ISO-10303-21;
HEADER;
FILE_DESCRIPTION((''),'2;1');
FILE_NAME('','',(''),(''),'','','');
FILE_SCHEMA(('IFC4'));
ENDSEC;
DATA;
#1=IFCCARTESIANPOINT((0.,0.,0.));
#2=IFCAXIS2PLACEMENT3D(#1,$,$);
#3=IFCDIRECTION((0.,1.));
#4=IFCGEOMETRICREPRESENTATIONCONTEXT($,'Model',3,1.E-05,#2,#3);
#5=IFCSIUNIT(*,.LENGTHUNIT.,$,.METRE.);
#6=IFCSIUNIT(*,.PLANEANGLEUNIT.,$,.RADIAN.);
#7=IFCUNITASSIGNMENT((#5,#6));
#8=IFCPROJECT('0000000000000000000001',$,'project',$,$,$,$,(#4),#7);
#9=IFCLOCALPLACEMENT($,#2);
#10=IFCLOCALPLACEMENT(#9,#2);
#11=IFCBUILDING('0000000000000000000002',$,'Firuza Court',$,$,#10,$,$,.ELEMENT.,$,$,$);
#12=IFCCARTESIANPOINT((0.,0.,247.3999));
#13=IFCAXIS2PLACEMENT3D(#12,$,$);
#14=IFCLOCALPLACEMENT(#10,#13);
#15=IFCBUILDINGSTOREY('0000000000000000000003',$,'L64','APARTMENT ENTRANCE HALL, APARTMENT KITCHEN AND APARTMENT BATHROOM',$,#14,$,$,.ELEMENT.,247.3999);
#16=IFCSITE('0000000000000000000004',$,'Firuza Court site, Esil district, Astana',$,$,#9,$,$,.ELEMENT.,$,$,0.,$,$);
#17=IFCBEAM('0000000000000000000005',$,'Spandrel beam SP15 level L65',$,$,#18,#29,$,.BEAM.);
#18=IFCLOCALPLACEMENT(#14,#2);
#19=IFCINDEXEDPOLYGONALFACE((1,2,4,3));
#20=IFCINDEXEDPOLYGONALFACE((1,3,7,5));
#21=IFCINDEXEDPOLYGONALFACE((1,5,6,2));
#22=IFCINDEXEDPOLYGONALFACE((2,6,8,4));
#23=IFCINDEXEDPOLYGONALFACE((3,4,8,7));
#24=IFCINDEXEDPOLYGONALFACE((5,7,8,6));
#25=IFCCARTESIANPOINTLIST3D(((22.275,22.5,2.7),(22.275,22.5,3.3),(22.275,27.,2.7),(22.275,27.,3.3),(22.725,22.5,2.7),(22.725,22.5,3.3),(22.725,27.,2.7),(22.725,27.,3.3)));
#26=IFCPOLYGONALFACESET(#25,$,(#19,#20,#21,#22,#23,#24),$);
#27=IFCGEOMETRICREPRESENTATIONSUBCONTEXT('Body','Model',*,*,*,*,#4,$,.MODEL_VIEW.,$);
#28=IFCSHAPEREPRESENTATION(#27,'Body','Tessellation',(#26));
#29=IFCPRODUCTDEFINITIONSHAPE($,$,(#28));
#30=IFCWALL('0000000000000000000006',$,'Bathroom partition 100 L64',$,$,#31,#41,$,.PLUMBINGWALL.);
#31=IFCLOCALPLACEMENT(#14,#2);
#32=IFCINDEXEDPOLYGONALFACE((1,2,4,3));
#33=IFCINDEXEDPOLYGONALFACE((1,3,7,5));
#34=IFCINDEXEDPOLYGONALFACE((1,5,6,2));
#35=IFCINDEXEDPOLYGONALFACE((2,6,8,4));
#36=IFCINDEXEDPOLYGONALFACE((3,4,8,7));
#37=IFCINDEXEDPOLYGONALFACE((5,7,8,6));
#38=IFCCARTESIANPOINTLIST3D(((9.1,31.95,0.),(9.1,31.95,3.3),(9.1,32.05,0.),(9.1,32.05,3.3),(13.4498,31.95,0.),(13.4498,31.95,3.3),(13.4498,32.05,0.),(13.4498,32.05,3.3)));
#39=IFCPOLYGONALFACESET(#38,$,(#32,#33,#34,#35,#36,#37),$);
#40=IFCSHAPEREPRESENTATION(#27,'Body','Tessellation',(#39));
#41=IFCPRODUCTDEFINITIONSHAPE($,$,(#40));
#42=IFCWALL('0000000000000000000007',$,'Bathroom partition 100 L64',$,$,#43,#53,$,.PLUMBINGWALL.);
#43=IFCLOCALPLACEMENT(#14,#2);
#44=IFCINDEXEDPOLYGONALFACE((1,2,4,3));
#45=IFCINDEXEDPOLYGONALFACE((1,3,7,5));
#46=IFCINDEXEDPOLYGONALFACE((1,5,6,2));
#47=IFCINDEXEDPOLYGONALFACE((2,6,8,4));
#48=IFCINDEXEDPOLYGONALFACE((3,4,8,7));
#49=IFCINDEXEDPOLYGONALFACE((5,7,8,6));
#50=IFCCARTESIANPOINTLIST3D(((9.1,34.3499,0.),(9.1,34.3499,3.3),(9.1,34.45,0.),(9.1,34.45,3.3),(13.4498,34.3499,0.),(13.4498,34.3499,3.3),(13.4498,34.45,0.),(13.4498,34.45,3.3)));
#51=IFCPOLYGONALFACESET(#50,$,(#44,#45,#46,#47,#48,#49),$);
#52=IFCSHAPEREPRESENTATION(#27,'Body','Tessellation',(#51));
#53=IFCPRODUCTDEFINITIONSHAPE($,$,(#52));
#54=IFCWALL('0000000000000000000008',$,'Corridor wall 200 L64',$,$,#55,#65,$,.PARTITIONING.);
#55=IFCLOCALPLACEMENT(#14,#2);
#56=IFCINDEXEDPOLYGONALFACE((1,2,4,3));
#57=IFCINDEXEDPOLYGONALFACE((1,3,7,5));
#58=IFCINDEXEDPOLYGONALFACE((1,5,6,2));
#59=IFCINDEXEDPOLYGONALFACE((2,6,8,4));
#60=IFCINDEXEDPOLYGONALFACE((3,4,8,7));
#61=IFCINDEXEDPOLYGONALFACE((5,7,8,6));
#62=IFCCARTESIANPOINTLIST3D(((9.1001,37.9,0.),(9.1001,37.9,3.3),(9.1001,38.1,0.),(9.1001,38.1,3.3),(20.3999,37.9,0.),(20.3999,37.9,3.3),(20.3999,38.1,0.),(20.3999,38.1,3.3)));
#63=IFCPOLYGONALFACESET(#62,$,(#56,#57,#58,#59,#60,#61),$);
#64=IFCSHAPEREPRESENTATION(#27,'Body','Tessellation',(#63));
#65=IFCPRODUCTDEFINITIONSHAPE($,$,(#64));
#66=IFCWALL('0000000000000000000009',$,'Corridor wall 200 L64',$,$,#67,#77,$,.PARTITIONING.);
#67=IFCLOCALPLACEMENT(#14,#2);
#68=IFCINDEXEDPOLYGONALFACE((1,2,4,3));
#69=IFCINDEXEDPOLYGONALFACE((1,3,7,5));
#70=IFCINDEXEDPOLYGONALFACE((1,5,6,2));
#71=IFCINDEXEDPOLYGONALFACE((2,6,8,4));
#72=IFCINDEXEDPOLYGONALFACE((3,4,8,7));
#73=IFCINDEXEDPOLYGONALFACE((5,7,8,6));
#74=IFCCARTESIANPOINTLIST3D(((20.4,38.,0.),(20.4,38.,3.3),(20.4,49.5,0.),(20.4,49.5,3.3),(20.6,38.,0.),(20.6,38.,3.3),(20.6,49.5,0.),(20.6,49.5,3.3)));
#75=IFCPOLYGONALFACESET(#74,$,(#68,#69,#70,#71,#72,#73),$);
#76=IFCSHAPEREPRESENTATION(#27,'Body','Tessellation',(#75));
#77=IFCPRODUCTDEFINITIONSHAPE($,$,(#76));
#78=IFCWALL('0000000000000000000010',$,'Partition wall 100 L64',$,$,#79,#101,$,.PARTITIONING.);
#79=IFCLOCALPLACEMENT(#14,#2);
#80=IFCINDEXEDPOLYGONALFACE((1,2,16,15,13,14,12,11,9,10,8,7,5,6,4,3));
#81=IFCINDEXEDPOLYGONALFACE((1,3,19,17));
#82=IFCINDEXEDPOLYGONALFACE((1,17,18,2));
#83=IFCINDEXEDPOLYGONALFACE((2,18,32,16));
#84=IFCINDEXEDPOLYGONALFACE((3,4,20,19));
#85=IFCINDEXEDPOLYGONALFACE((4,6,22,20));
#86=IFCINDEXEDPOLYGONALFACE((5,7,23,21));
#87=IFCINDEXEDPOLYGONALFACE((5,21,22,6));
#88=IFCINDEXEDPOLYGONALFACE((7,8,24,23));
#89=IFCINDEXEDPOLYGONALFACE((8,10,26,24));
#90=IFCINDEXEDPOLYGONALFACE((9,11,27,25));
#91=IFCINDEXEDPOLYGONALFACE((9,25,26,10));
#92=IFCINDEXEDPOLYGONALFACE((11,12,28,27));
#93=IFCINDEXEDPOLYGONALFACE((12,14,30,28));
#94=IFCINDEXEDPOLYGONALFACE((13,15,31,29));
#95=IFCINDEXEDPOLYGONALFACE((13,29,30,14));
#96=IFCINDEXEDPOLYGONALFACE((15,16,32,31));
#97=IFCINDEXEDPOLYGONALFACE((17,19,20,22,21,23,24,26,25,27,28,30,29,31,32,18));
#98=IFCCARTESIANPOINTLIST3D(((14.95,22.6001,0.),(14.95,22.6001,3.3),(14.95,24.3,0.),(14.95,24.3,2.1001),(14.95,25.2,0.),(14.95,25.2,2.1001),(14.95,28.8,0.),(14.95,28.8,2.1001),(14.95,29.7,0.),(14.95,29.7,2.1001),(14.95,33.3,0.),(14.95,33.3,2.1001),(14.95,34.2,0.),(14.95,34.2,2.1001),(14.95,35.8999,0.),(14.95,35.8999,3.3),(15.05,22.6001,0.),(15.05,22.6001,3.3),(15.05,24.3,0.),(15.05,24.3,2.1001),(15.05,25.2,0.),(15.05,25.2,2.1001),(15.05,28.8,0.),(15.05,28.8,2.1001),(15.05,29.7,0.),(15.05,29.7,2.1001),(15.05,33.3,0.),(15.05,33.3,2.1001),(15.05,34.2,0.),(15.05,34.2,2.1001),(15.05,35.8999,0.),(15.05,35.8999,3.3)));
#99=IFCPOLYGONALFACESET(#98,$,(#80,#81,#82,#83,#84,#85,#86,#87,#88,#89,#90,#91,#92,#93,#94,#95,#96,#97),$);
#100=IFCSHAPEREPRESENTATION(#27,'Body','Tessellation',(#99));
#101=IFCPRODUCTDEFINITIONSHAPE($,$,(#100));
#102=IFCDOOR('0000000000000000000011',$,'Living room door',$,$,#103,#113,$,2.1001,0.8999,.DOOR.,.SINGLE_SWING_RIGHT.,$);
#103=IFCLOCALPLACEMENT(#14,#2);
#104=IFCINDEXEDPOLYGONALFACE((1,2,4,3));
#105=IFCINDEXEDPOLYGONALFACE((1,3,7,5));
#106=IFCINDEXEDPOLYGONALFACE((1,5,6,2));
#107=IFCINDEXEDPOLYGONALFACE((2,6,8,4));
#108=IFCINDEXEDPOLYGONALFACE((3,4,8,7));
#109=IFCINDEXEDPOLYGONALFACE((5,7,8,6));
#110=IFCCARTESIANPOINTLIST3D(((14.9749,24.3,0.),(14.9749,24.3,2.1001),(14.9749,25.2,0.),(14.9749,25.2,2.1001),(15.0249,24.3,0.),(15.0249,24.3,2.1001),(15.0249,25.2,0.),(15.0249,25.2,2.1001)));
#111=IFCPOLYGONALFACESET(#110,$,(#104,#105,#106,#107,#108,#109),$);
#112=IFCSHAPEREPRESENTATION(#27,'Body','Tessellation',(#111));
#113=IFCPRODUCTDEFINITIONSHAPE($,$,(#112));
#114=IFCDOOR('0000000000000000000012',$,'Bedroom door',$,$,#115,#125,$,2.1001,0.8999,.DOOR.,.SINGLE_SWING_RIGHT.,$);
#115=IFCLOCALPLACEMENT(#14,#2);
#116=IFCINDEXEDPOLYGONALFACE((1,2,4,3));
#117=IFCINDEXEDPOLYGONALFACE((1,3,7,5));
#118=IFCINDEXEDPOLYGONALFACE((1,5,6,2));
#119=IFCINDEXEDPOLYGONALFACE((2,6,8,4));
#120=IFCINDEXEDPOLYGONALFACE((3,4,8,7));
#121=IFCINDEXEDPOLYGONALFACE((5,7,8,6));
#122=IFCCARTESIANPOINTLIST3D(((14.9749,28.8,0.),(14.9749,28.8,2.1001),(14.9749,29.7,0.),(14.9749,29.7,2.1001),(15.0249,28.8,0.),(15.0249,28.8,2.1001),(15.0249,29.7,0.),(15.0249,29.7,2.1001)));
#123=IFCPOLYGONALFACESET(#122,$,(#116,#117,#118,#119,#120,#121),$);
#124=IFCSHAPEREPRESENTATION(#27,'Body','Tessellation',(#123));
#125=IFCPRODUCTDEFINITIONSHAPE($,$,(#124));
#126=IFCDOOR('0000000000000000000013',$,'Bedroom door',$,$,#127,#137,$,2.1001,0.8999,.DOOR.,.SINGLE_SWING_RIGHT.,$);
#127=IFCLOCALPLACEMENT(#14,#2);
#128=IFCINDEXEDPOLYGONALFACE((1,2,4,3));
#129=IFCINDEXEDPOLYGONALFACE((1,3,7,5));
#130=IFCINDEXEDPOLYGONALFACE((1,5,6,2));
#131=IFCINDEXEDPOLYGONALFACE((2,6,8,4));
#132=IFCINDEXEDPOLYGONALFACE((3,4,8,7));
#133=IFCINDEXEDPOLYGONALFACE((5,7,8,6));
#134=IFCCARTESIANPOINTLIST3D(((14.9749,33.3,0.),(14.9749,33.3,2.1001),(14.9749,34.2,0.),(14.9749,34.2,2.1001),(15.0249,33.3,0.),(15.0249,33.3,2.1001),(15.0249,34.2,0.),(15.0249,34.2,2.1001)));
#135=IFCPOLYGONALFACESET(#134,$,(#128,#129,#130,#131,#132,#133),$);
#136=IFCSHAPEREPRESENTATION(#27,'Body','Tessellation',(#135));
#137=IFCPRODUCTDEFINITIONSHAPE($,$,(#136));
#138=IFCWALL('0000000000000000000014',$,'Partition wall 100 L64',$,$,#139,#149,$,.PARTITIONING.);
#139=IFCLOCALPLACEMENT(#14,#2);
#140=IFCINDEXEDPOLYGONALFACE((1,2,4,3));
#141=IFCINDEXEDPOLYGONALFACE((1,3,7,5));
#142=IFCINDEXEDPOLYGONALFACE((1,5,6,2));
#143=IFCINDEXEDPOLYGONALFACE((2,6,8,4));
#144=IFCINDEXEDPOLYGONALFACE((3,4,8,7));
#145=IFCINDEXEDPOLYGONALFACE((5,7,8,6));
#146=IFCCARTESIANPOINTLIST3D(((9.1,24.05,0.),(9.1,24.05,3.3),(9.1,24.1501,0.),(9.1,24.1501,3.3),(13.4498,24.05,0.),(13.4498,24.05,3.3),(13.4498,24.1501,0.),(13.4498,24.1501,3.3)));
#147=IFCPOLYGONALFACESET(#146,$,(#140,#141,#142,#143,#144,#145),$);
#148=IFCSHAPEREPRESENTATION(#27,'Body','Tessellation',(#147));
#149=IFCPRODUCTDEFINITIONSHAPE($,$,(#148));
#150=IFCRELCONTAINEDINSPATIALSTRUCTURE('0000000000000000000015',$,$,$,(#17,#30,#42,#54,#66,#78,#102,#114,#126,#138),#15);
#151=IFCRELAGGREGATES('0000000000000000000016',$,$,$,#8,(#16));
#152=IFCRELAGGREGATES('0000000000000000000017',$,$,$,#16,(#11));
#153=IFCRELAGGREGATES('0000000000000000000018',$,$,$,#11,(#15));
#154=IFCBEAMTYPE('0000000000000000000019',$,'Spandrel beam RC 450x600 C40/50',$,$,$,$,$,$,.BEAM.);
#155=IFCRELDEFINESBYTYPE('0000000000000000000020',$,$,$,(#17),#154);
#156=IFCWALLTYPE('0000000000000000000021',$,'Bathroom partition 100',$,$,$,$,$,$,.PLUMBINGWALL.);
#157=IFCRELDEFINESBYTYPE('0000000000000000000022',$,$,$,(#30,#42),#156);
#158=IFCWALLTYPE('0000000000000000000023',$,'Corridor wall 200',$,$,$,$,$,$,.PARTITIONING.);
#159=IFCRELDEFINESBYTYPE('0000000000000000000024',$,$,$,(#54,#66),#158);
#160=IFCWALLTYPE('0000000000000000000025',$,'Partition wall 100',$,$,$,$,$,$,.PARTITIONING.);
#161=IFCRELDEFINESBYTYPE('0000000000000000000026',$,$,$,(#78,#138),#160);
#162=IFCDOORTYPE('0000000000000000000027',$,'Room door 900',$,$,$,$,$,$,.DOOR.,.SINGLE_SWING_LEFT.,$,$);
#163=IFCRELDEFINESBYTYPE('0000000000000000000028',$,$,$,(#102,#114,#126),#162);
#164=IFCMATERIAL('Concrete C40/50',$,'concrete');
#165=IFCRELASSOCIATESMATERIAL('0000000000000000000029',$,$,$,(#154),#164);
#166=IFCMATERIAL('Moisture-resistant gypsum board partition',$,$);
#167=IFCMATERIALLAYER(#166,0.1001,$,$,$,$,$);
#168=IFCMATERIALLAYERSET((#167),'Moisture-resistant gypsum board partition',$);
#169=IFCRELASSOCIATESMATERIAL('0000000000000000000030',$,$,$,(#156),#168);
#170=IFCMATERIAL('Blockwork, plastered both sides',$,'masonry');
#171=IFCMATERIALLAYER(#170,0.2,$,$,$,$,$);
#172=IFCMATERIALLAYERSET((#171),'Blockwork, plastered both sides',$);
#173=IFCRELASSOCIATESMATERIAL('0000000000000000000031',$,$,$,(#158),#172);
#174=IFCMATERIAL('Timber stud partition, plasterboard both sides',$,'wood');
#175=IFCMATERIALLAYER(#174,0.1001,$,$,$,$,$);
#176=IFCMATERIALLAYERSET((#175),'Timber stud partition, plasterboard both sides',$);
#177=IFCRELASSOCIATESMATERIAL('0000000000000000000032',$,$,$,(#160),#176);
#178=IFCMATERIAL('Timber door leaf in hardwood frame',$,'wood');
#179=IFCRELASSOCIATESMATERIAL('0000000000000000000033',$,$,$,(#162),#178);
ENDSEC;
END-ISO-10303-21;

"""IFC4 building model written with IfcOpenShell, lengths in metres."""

from ifc_helpers import new_model, si_unit, direction, frame, frame_2d, origin, origin_2d, place, context, subcontext, project, spatial, rectangle, extrude, material, layer, layer_set, material_profile, profile_set, type_object, element, fill, save


model = new_model("IFC4")

# Units and contexts
model_context = context("Model", 3, precision=1e-05, world=origin(), true_north=direction((0.0, 1.0)))
body_context = subcontext(model_context, "Body", "Model", "MODEL_VIEW")
ifc_project = project(units=[si_unit("LENGTHUNIT", "METRE"), si_unit("PLANEANGLEUNIT", "RADIAN")], contexts=[model_context])

# Site, building, storey
site_placement = place(None, origin())
site = spatial("IfcSite", under=ifc_project, at=site_placement, Name="Firuza Court site, Esil district, Astana", CompositionType="ELEMENT", RefElevation=0.0)
building_placement = place(site_placement, origin())
building = spatial("IfcBuilding", under=site, at=building_placement, Name="Firuza Court", CompositionType="ELEMENT")
storey_placement = place(building_placement, frame((0.0, 0.0, 247.3999)))
storey = spatial("IfcBuildingStorey", under=building, at=storey_placement, Name="L64", Description="APARTMENT ENTRANCE HALL, APARTMENT KITCHEN AND APARTMENT BATHROOM", CompositionType="ELEMENT", Elevation=247.3999)

# Beam
ifc_material_1 = material(Name="Concrete C40/50", Category="concrete")
ifc_material_profile = material_profile(ifc_material_1, rectangle(XDim=0.45, YDim=0.6001, at=origin_2d()), Name="RC 450x600")
ifc_profile_set = profile_set([ifc_material_profile], Name="Concrete C40/50")
beam_type = type_object("IfcBeamType", Name="Spandrel beam RC 450x600 C40/50", PredefinedType="BEAM", material=ifc_profile_set)
beam_placement = place(storey_placement, frame((22.5, 22.5, 3.0), z_axis=(0.0, 1.0, 0.0), x_axis=(-1.0, 0.0, 0.0)))
element("IfcBeam", 1, at=beam_placement, inside=storey, type_object=beam_type, Name="Spandrel beam SP15 level L65", PredefinedType="BEAM", context=body_context, shape_type="SweptSolid", body=[
    extrude(rectangle(XDim=0.45, YDim=0.6001, at=origin_2d()), origin(), (0.0, 0.0, 1.0), 4.5),
])

# Walls
ifc_material_2 = material(Name="Moisture-resistant gypsum board partition")
ifc_layer_1 = layer(ifc_material_2, 0.1001)
ifc_layer_set_1 = layer_set([ifc_layer_1], Name="Moisture-resistant gypsum board partition")
wall_type_1 = type_object("IfcWallType", Name="Bathroom partition 100", PredefinedType="PLUMBINGWALL", material=ifc_layer_set_1)
for number, where, z_axis, x_axis, name in (
    (2, (9.1001, 32.0, 0.0), (0.0, 0.0, 1.0), (1.0, 0.0, 0.0), "Bathroom partition 100 L64"),
    (3, (9.1001, 34.3999, 0.0), (0.0, 0.0, 1.0), (1.0, 0.0, 0.0), "Bathroom partition 100 L64"),
):
    element("IfcWall", number, at=place(storey_placement, frame(where, z_axis=z_axis, x_axis=x_axis)), inside=storey, type_object=wall_type_1, Name=name, PredefinedType="PLUMBINGWALL", context=body_context, shape_type="SweptSolid", body=[
        extrude(rectangle(XDim=4.3499, YDim=0.1001, at=frame_2d((2.1748, 0.0))), origin(), (0.0, 0.0, 1.0), 3.3),
    ])
ifc_material_3 = material(Name="Blockwork, plastered both sides", Category="masonry")
ifc_layer_2 = layer(ifc_material_3, 0.2)
ifc_layer_set_2 = layer_set([ifc_layer_2], Name="Blockwork, plastered both sides")
wall_type_2 = type_object("IfcWallType", Name="Corridor wall 200", PredefinedType="PARTITIONING", material=ifc_layer_set_2)
wall_1_placement = place(storey_placement, frame((9.1001, 38.0, 0.0), z_axis=(0.0, 0.0, 1.0), x_axis=(1.0, 0.0, 0.0)))
element("IfcWall", 4, at=wall_1_placement, inside=storey, type_object=wall_type_2, Name="Corridor wall 200 L64", PredefinedType="PARTITIONING", context=body_context, shape_type="SweptSolid", body=[
    extrude(rectangle(XDim=11.2998, YDim=0.2, at=frame_2d((5.6499, 0.0))), origin(), (0.0, 0.0, 1.0), 3.3),
])
wall_2_placement = place(storey_placement, frame((20.5, 38.0, 0.0), z_axis=(0.0, 0.0, 1.0), x_axis=(0.0, 1.0, 0.0)))
element("IfcWall", 5, at=wall_2_placement, inside=storey, type_object=wall_type_2, Name="Corridor wall 200 L64", PredefinedType="PARTITIONING", context=body_context, shape_type="SweptSolid", body=[
    extrude(rectangle(XDim=11.5, YDim=0.2, at=frame_2d((5.75, 0.0))), origin(), (0.0, 0.0, 1.0), 3.3),
])

# Wall, openings, doors
ifc_material_4 = material(Name="Timber stud partition, plasterboard both sides", Category="wood")
ifc_layer_3 = layer(ifc_material_4, 0.1001)
ifc_layer_set_3 = layer_set([ifc_layer_3], Name="Timber stud partition, plasterboard both sides")
wall_type_3 = type_object("IfcWallType", Name="Partition wall 100", PredefinedType="PARTITIONING", material=ifc_layer_set_3)
wall_3_placement = place(storey_placement, frame((15.0, 22.6001, 0.0), z_axis=(0.0, 0.0, 1.0), x_axis=(0.0, 1.0, 0.0)))
wall_3 = element("IfcWall", 6, at=wall_3_placement, inside=storey, type_object=wall_type_3, Name="Partition wall 100 L64", PredefinedType="PARTITIONING", context=body_context, shape_type="SweptSolid", body=[
    extrude(rectangle(XDim=13.2998, YDim=0.1001, at=frame_2d((6.6499, 0.0))), origin(), (0.0, 0.0, 1.0), 3.3),
])
opening_1_placement = place(wall_3_placement, frame((1.7, 0.0, 0.0)))
opening_1 = element("IfcOpeningElement", 7, at=opening_1_placement, cuts=wall_3, PredefinedType="OPENING", context=body_context, shape_type="SweptSolid", body=[
    extrude(rectangle(XDim=0.8999, YDim=2.1001, at=frame_2d((0.45, 1.05))), frame((0.0, 0.062, 0.0), z_axis=(0.0, -1.0, 0.0), x_axis=(1.0, 0.0, 0.0)), (0.0, 0.0, 1.0), 0.124),
])
opening_2_placement = place(wall_3_placement, frame((6.2, 0.0, 0.0)))
opening_2 = element("IfcOpeningElement", 8, at=opening_2_placement, cuts=wall_3, PredefinedType="OPENING", context=body_context, shape_type="SweptSolid", body=[
    extrude(rectangle(XDim=0.8999, YDim=2.1001, at=frame_2d((0.45, 1.05))), frame((0.0, 0.062, 0.0), z_axis=(0.0, -1.0, 0.0), x_axis=(1.0, 0.0, 0.0)), (0.0, 0.0, 1.0), 0.124),
])
opening_3_placement = place(wall_3_placement, frame((10.7, 0.0, 0.0)))
opening_3 = element("IfcOpeningElement", 9, at=opening_3_placement, cuts=wall_3, PredefinedType="OPENING", context=body_context, shape_type="SweptSolid", body=[
    extrude(rectangle(XDim=0.8999, YDim=2.1001, at=frame_2d((0.45, 1.05))), frame((0.0, 0.062, 0.0), z_axis=(0.0, -1.0, 0.0), x_axis=(1.0, 0.0, 0.0)), (0.0, 0.0, 1.0), 0.124),
])
ifc_material_5 = material(Name="Timber door leaf in hardwood frame", Category="wood")
door_type_1 = type_object("IfcDoorType", Name="Room door 900", OperationType="SINGLE_SWING_LEFT", PredefinedType="DOOR", material=ifc_material_5)
door_1_placement = place(opening_1_placement, frame((0.8999, 0.0, 0.0), z_axis=(0.0, 0.0, 1.0), x_axis=(-1.0, 0.0, 0.0)))
door_1 = element("IfcDoor", 10, at=door_1_placement, inside=storey, type_object=door_type_1, Name="Living room door", OperationType="SINGLE_SWING_RIGHT", OverallHeight=2.1001, OverallWidth=0.8999, PredefinedType="DOOR", context=body_context, shape_type="SweptSolid", body=[
    extrude(rectangle(XDim=0.8999, YDim=2.1001, at=frame_2d((0.45, 1.05))), frame((0.0, 0.0249, 0.0), z_axis=(0.0, -1.0, 0.0), x_axis=(1.0, 0.0, 0.0)), (0.0, 0.0, 1.0), 0.05),
])
fill(opening_1, door_1)
door_2_placement = place(opening_2_placement, frame((0.8999, 0.0, 0.0), z_axis=(0.0, 0.0, 1.0), x_axis=(-1.0, 0.0, 0.0)))
door_2 = element("IfcDoor", 11, at=door_2_placement, inside=storey, type_object=door_type_1, Name="Bedroom door", OperationType="SINGLE_SWING_RIGHT", OverallHeight=2.1001, OverallWidth=0.8999, PredefinedType="DOOR", context=body_context, shape_type="SweptSolid", body=[
    extrude(rectangle(XDim=0.8999, YDim=2.1001, at=frame_2d((0.45, 1.05))), frame((0.0, 0.0249, 0.0), z_axis=(0.0, -1.0, 0.0), x_axis=(1.0, 0.0, 0.0)), (0.0, 0.0, 1.0), 0.05),
])
fill(opening_2, door_2)
door_3_placement = place(opening_3_placement, frame((0.8999, 0.0, 0.0), z_axis=(0.0, 0.0, 1.0), x_axis=(-1.0, 0.0, 0.0)))
door_3 = element("IfcDoor", 12, at=door_3_placement, inside=storey, type_object=door_type_1, Name="Bedroom door", OperationType="SINGLE_SWING_RIGHT", OverallHeight=2.1001, OverallWidth=0.8999, PredefinedType="DOOR", context=body_context, shape_type="SweptSolid", body=[
    extrude(rectangle(XDim=0.8999, YDim=2.1001, at=frame_2d((0.45, 1.05))), frame((0.0, 0.0249, 0.0), z_axis=(0.0, -1.0, 0.0), x_axis=(1.0, 0.0, 0.0)), (0.0, 0.0, 1.0), 0.05),
])
fill(opening_3, door_3)

# Wall
wall_4_placement = place(storey_placement, frame((9.1001, 24.1001, 0.0), z_axis=(0.0, 0.0, 1.0), x_axis=(1.0, 0.0, 0.0)))
element("IfcWall", 13, at=wall_4_placement, inside=storey, type_object=wall_type_3, Name="Partition wall 100 L64", PredefinedType="PARTITIONING", context=body_context, shape_type="SweptSolid", body=[
    extrude(rectangle(XDim=4.3499, YDim=0.1001, at=frame_2d((2.1748, 0.0))), origin(), (0.0, 0.0, 1.0), 3.3),
])

save(model, "model.ifc")
